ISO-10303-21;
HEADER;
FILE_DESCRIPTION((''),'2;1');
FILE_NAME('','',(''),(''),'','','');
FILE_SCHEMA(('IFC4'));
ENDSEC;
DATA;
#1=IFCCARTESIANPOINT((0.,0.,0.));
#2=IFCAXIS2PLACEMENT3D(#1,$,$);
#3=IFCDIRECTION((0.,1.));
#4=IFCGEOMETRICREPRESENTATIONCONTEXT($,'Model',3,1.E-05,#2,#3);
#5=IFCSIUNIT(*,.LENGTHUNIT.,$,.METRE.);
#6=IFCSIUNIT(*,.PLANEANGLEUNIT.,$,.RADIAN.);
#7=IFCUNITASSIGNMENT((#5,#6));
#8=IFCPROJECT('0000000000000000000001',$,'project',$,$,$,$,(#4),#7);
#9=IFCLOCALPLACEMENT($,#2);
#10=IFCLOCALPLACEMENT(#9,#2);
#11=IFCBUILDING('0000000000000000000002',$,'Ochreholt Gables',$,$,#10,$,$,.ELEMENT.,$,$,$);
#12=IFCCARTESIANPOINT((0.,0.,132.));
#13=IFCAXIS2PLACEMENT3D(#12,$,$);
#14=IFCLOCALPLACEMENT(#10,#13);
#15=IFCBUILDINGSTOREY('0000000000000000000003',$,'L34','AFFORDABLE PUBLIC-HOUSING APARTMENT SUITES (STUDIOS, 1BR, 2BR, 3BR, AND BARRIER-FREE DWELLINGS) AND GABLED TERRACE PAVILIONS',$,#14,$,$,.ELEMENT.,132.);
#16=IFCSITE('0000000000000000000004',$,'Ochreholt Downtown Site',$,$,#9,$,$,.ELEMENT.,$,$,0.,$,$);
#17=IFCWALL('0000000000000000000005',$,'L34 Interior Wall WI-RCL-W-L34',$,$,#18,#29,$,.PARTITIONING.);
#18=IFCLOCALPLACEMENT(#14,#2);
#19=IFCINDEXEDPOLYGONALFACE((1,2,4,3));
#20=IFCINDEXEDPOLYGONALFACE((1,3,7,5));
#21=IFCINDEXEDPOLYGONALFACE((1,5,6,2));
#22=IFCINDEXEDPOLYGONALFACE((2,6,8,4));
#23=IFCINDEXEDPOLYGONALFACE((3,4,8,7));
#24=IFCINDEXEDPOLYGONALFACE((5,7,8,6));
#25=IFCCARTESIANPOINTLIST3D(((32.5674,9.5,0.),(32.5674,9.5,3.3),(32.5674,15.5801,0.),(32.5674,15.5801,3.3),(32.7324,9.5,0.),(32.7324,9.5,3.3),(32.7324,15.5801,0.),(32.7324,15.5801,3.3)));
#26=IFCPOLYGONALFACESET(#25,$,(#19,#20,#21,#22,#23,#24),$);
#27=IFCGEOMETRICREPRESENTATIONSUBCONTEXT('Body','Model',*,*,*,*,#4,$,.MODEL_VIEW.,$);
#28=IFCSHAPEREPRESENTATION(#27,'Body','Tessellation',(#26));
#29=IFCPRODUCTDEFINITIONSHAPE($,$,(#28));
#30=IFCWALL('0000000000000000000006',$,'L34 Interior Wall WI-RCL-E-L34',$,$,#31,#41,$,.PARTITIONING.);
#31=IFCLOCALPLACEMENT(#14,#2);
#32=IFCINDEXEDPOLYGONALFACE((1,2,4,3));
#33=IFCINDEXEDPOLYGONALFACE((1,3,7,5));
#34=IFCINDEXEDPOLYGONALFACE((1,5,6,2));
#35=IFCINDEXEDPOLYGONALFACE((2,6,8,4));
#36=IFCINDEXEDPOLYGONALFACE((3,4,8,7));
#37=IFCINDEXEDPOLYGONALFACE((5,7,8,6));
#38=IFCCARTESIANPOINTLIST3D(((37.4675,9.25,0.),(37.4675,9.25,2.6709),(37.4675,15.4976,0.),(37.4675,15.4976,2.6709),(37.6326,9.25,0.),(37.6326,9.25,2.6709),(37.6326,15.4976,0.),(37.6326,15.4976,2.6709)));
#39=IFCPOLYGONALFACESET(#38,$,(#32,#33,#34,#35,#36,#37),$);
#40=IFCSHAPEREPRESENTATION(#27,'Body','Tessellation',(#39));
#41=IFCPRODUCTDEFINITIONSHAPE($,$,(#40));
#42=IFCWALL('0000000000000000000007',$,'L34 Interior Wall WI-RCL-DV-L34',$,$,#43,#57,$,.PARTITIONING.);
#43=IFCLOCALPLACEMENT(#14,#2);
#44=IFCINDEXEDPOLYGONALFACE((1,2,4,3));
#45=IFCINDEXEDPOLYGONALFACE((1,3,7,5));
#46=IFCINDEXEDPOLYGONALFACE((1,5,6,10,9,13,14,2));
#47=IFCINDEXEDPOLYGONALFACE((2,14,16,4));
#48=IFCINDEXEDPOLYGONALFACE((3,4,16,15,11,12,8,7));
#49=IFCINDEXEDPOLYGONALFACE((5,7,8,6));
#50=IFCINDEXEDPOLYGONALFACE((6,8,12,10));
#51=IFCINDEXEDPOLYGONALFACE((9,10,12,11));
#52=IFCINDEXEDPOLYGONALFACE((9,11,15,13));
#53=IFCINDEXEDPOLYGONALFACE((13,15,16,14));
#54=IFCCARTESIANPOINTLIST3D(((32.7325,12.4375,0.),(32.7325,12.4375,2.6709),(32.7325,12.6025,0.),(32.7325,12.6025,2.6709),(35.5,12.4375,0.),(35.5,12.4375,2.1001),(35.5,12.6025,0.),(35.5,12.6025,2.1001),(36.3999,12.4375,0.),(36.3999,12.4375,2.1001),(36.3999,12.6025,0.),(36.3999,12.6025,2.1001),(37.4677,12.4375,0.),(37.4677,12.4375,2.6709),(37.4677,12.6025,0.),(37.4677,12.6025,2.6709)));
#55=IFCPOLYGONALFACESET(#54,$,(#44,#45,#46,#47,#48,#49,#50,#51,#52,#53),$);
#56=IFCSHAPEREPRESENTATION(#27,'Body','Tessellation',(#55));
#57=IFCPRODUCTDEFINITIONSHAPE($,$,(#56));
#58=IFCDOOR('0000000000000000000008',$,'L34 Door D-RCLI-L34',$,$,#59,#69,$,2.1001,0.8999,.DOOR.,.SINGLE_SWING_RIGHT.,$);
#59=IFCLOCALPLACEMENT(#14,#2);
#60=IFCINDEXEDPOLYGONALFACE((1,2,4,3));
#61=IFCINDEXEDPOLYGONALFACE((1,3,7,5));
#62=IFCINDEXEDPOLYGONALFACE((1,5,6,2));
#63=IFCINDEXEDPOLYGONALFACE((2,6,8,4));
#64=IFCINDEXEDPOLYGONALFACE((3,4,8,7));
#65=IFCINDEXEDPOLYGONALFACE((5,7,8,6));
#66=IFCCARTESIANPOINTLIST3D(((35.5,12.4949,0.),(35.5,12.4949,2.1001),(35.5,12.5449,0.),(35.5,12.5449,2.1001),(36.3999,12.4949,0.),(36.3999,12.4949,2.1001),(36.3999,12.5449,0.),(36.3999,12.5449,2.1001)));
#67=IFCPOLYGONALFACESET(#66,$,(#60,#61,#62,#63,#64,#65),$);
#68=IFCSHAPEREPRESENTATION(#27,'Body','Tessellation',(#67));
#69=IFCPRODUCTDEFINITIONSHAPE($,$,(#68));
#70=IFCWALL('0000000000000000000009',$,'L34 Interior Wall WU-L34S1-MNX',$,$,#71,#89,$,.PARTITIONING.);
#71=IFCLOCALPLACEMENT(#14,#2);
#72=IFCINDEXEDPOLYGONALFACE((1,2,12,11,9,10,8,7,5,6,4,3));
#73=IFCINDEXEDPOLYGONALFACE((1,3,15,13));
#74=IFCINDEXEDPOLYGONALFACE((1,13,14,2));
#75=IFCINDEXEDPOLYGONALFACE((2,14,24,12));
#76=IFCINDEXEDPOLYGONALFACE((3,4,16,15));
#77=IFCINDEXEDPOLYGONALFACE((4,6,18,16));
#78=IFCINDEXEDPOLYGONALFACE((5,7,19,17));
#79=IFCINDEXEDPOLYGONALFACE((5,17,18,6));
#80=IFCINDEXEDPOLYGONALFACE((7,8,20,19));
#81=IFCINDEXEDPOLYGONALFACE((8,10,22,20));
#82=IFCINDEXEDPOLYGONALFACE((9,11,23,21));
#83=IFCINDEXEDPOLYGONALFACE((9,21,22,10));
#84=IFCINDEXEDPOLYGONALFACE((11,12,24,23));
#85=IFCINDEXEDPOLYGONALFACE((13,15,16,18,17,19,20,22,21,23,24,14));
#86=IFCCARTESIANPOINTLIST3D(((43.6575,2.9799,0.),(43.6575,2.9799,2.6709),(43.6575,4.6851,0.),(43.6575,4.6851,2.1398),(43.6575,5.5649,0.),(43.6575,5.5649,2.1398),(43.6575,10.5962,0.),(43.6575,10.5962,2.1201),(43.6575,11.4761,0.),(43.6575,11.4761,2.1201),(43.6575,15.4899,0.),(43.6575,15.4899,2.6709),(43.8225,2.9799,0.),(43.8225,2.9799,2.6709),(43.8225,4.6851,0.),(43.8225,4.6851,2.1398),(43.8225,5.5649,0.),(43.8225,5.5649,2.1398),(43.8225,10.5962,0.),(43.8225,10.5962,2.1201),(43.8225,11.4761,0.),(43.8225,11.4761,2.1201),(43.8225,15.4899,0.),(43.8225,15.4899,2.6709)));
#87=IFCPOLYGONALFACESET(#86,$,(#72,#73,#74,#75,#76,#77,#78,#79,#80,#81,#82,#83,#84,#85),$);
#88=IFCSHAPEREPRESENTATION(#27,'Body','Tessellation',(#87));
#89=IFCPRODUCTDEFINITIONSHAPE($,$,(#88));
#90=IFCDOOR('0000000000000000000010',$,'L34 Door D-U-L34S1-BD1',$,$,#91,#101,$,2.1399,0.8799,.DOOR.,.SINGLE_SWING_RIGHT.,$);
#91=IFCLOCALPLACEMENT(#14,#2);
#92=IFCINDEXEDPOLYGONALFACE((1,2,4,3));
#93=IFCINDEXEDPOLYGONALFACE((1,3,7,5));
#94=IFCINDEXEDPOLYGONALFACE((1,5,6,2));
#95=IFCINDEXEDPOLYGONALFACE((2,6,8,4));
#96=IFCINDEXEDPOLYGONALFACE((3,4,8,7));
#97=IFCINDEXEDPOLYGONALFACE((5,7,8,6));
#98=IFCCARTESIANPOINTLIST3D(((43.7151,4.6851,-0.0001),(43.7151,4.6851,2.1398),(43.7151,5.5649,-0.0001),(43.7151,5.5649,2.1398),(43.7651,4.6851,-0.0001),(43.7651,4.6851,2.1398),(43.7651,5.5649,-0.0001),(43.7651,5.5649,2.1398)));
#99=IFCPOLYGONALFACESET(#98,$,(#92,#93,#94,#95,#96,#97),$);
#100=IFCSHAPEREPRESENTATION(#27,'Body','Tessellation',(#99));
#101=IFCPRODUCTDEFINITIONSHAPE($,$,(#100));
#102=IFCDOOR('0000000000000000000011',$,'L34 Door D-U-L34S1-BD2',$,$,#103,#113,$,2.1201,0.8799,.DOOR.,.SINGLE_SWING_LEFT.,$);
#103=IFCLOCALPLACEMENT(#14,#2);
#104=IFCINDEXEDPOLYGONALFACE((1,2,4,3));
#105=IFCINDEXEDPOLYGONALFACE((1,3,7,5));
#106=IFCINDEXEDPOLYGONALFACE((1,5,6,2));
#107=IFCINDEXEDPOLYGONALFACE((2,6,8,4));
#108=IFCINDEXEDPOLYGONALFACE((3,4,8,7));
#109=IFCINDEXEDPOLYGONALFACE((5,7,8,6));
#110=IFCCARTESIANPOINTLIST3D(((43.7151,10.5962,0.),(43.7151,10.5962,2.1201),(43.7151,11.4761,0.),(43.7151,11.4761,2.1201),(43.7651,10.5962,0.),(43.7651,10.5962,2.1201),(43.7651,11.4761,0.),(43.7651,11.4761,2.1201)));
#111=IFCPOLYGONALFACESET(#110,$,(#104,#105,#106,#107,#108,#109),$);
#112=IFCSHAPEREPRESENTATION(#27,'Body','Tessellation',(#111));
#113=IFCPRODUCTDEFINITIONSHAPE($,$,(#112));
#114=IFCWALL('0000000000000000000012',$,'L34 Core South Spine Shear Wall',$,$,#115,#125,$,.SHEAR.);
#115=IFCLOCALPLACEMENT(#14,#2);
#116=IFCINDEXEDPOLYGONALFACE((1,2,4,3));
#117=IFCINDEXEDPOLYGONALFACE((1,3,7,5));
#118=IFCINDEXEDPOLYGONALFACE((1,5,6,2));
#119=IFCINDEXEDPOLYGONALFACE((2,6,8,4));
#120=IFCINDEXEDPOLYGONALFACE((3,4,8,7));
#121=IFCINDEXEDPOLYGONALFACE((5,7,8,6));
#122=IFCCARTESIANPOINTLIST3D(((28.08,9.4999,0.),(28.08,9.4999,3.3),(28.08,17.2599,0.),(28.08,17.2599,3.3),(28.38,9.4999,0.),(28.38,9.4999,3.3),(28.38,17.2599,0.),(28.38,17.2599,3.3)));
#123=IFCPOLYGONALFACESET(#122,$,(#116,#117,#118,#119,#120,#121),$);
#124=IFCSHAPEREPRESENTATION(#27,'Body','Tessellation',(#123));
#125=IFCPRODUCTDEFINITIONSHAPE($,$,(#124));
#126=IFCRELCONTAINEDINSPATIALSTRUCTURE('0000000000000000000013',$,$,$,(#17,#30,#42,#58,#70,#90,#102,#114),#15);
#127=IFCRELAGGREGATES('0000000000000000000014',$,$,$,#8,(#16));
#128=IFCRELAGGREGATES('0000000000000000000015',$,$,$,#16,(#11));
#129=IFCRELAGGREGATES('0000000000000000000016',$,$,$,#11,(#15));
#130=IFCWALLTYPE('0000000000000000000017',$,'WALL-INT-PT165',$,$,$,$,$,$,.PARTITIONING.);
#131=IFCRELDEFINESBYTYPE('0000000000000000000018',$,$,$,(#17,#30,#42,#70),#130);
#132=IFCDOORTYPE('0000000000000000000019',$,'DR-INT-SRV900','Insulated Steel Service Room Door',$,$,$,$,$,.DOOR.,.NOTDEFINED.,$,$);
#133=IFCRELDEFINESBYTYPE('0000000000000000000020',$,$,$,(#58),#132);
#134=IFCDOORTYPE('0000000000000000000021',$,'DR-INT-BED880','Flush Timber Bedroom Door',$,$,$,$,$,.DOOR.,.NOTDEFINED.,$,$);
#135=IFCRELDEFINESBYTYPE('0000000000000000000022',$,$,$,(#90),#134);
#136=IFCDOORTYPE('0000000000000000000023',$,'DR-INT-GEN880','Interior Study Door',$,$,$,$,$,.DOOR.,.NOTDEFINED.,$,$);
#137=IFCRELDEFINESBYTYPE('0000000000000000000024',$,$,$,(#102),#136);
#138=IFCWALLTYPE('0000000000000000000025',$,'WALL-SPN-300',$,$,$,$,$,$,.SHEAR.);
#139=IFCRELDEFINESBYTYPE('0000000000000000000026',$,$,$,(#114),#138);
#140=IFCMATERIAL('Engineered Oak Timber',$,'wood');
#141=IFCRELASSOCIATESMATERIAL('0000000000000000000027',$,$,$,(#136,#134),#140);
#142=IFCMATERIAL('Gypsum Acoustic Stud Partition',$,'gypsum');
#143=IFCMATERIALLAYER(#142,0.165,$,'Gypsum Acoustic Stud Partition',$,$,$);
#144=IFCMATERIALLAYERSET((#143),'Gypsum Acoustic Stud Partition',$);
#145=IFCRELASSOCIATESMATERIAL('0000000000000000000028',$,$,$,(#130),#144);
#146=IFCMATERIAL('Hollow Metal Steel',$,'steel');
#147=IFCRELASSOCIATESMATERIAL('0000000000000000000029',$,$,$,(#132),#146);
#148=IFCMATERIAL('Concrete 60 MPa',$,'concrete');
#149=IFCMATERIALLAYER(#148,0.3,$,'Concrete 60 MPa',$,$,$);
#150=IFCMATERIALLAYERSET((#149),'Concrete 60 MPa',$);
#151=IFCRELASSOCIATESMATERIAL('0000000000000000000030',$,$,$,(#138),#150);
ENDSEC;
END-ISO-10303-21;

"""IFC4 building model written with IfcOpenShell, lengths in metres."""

from ifc_helpers import new_model, si_unit, direction, frame, frame_2d, origin, place, context, subcontext, project, spatial, rectangle, extrude, material, layer, layer_set, type_object, element, fill, save


model = new_model("IFC4")

# Units and contexts
model_context = context("Model", 3, precision=1e-05, world=origin(), true_north=direction((0.0, 1.0)))
body_context = subcontext(model_context, "Body", "Model", "MODEL_VIEW")
ifc_project = project(units=[si_unit("LENGTHUNIT", "METRE"), si_unit("PLANEANGLEUNIT", "RADIAN")], contexts=[model_context])

# Site, building, storey
site_placement = place(None, origin())
site = spatial("IfcSite", under=ifc_project, at=site_placement, Name="Ochreholt Downtown Site", CompositionType="ELEMENT", RefElevation=0.0)
building_placement = place(site_placement, origin())
building = spatial("IfcBuilding", under=site, at=building_placement, Name="Ochreholt Gables", CompositionType="ELEMENT")
storey_placement = place(building_placement, frame((0.0, 0.0, 132.0)))
storey = spatial("IfcBuildingStorey", under=building, at=storey_placement, Name="L34", Description="AFFORDABLE PUBLIC-HOUSING APARTMENT SUITES (STUDIOS, 1BR, 2BR, 3BR, AND BARRIER-FREE DWELLINGS) AND GABLED TERRACE PAVILIONS", CompositionType="ELEMENT", Elevation=132.0)

# Shared definitions
ifc_material_1 = material(Name="Concrete 60 MPa", Category="concrete")

# Shared definitions
ifc_material_2 = material(Name="Engineered Oak Timber", Category="wood")
door_type_1 = type_object("IfcDoorType", Name="DR-INT-GEN880", Description="Interior Study Door", OperationType="NOTDEFINED", PredefinedType="DOOR", material=ifc_material_2)

# Walls
ifc_material_3 = material(Name="Gypsum Acoustic Stud Partition", Category="gypsum")
ifc_layer_1 = layer(ifc_material_3, 0.165, Name="Gypsum Acoustic Stud Partition")
ifc_layer_set_1 = layer_set([ifc_layer_1], Name="Gypsum Acoustic Stud Partition")
wall_type_1 = type_object("IfcWallType", Name="WALL-INT-PT165", PredefinedType="PARTITIONING", material=ifc_layer_set_1)
wall_1_placement = place(storey_placement, frame((32.6499, 9.5, 0.0), z_axis=(0.0, 0.0, 1.0), x_axis=(0.0, 1.0, 0.0)))
element("IfcWall", 1, at=wall_1_placement, inside=storey, type_object=wall_type_1, Name="L34 Interior Wall WI-RCL-W-L34", PredefinedType="PARTITIONING", context=body_context, shape_type="SweptSolid", body=[
    extrude(rectangle(XDim=6.0801, YDim=0.165, at=frame_2d((3.04, 0.0))), origin(), (0.0, 0.0, 1.0), 3.3),
])
wall_2_placement = place(storey_placement, frame((37.55, 9.25, 0.0), z_axis=(0.0, 0.0, 1.0), x_axis=(0.0, 1.0, 0.0)))
element("IfcWall", 2, at=wall_2_placement, inside=storey, type_object=wall_type_1, Name="L34 Interior Wall WI-RCL-E-L34", PredefinedType="PARTITIONING", context=body_context, shape_type="SweptSolid", body=[
    extrude(rectangle(XDim=6.2476, YDim=0.165, at=frame_2d((3.1238, 0.0))), origin(), (0.0, 0.0, 1.0), 2.6709),
])

# Wall, opening, door
wall_3_placement = place(storey_placement, frame((32.7324, 12.52, 0.0), z_axis=(0.0, 0.0, 1.0), x_axis=(1.0, 0.0, 0.0)))
wall_3 = element("IfcWall", 3, at=wall_3_placement, inside=storey, type_object=wall_type_1, Name="L34 Interior Wall WI-RCL-DV-L34", PredefinedType="PARTITIONING", context=body_context, shape_type="SweptSolid", body=[
    extrude(rectangle(XDim=4.7351, YDim=0.165, at=frame_2d((2.3677, 0.0))), origin(), (0.0, 0.0, 1.0), 2.6709),
])
opening_1_placement = place(wall_3_placement, frame((2.7676, 0.0, 0.0)))
opening_1 = element("IfcOpeningElement", 4, at=opening_1_placement, cuts=wall_3, PredefinedType="OPENING", context=body_context, shape_type="SweptSolid", body=[
    extrude(rectangle(XDim=0.8999, YDim=2.1001, at=frame_2d((0.45, 1.05))), frame((0.0, 0.0925, 0.0), z_axis=(0.0, -1.0, 0.0), x_axis=(1.0, 0.0, 0.0)), (0.0, 0.0, 1.0), 0.1851),
])
ifc_material_4 = material(Name="Hollow Metal Steel", Category="steel")
door_type_2 = type_object("IfcDoorType", Name="DR-INT-SRV900", Description="Insulated Steel Service Room Door", OperationType="NOTDEFINED", PredefinedType="DOOR", material=ifc_material_4)
door_1_placement = place(opening_1_placement, origin())
door_1 = element("IfcDoor", 5, at=door_1_placement, inside=storey, type_object=door_type_2, Name="L34 Door D-RCLI-L34", OperationType="SINGLE_SWING_RIGHT", OverallHeight=2.1001, OverallWidth=0.8999, PredefinedType="DOOR", context=body_context, shape_type="SweptSolid", body=[
    extrude(rectangle(XDim=0.8999, YDim=2.1001, at=frame_2d((0.45, 1.05))), frame((0.0, 0.0249, 0.0), z_axis=(0.0, -1.0, 0.0), x_axis=(1.0, 0.0, 0.0)), (0.0, 0.0, 1.0), 0.05),
])
fill(opening_1, door_1)

# Wall, openings, doors
wall_4_placement = place(storey_placement, frame((43.74, 2.98, 0.0), z_axis=(0.0, 0.0, 1.0), x_axis=(0.0, 1.0, 0.0)))
wall_4 = element("IfcWall", 6, at=wall_4_placement, inside=storey, type_object=wall_type_1, Name="L34 Interior Wall WU-L34S1-MNX", PredefinedType="PARTITIONING", context=body_context, shape_type="SweptSolid", body=[
    extrude(rectangle(XDim=12.51, YDim=0.165, at=frame_2d((6.2549, 0.0))), origin(), (0.0, 0.0, 1.0), 2.6709),
])
opening_2_placement = place(wall_4_placement, frame((1.7051, 0.0, 0.0)))
opening_2 = element("IfcOpeningElement", 7, at=opening_2_placement, cuts=wall_4, PredefinedType="OPENING", context=body_context, shape_type="SweptSolid", body=[
    extrude(rectangle(XDim=0.8799, YDim=2.1399, at=frame_2d((0.4399, 1.0698))), frame((0.0, 0.0925, 0.0), z_axis=(0.0, -1.0, 0.0), x_axis=(1.0, 0.0, 0.0)), (0.0, 0.0, 1.0), 0.1851),
])
opening_3_placement = place(wall_4_placement, frame((7.6162, 0.0, 0.0)))
opening_3 = element("IfcOpeningElement", 8, at=opening_3_placement, cuts=wall_4, PredefinedType="OPENING", context=body_context, shape_type="SweptSolid", body=[
    extrude(rectangle(XDim=0.8799, YDim=2.1201, at=frame_2d((0.4399, 1.0601))), frame((0.0, 0.0925, 0.0), z_axis=(0.0, -1.0, 0.0), x_axis=(1.0, 0.0, 0.0)), (0.0, 0.0, 1.0), 0.1851),
])
door_type_3 = type_object("IfcDoorType", Name="DR-INT-BED880", Description="Flush Timber Bedroom Door", OperationType="NOTDEFINED", PredefinedType="DOOR", material=ifc_material_2)
door_2_placement = place(opening_2_placement, origin())
door_2 = element("IfcDoor", 9, at=door_2_placement, inside=storey, type_object=door_type_3, Name="L34 Door D-U-L34S1-BD1", OperationType="SINGLE_SWING_RIGHT", OverallHeight=2.1399, OverallWidth=0.8799, PredefinedType="DOOR", context=body_context, shape_type="SweptSolid", body=[
    extrude(rectangle(XDim=0.8799, YDim=2.1399, at=frame_2d((0.4399, 1.0698))), frame((0.0, 0.0249, 0.0), z_axis=(0.0, -1.0, 0.0), x_axis=(1.0, 0.0, 0.0)), (0.0, 0.0, 1.0), 0.05),
])
fill(opening_2, door_2)
door_3_placement = place(opening_3_placement, origin())
door_3 = element("IfcDoor", 10, at=door_3_placement, inside=storey, type_object=door_type_1, Name="L34 Door D-U-L34S1-BD2", OperationType="SINGLE_SWING_LEFT", OverallHeight=2.1201, OverallWidth=0.8799, PredefinedType="DOOR", context=body_context, shape_type="SweptSolid", body=[
    extrude(rectangle(XDim=0.8799, YDim=2.1201, at=frame_2d((0.4399, 1.0601))), frame((0.0, 0.0249, 0.0), z_axis=(0.0, -1.0, 0.0), x_axis=(1.0, 0.0, 0.0)), (0.0, 0.0, 1.0), 0.05),
])
fill(opening_3, door_3)

# Wall
ifc_layer_2 = layer(ifc_material_1, 0.3, Name="Concrete 60 MPa")
ifc_layer_set_2 = layer_set([ifc_layer_2], Name="Concrete 60 MPa")
wall_type_2 = type_object("IfcWallType", Name="WALL-SPN-300", PredefinedType="SHEAR", material=ifc_layer_set_2)
wall_5_placement = place(storey_placement, frame((28.23, 9.5, 0.0), z_axis=(0.0, 0.0, 1.0), x_axis=(0.0, 1.0, 0.0)))
element("IfcWall", 11, at=wall_5_placement, inside=storey, type_object=wall_type_2, Name="L34 Core South Spine Shear Wall", PredefinedType="SHEAR", context=body_context, shape_type="SweptSolid", body=[
    extrude(rectangle(XDim=7.76, YDim=0.3, at=frame_2d((3.8799, 0.0))), origin(), (0.0, 0.0, 1.0), 3.3),
])

save(model, "model.ifc")
